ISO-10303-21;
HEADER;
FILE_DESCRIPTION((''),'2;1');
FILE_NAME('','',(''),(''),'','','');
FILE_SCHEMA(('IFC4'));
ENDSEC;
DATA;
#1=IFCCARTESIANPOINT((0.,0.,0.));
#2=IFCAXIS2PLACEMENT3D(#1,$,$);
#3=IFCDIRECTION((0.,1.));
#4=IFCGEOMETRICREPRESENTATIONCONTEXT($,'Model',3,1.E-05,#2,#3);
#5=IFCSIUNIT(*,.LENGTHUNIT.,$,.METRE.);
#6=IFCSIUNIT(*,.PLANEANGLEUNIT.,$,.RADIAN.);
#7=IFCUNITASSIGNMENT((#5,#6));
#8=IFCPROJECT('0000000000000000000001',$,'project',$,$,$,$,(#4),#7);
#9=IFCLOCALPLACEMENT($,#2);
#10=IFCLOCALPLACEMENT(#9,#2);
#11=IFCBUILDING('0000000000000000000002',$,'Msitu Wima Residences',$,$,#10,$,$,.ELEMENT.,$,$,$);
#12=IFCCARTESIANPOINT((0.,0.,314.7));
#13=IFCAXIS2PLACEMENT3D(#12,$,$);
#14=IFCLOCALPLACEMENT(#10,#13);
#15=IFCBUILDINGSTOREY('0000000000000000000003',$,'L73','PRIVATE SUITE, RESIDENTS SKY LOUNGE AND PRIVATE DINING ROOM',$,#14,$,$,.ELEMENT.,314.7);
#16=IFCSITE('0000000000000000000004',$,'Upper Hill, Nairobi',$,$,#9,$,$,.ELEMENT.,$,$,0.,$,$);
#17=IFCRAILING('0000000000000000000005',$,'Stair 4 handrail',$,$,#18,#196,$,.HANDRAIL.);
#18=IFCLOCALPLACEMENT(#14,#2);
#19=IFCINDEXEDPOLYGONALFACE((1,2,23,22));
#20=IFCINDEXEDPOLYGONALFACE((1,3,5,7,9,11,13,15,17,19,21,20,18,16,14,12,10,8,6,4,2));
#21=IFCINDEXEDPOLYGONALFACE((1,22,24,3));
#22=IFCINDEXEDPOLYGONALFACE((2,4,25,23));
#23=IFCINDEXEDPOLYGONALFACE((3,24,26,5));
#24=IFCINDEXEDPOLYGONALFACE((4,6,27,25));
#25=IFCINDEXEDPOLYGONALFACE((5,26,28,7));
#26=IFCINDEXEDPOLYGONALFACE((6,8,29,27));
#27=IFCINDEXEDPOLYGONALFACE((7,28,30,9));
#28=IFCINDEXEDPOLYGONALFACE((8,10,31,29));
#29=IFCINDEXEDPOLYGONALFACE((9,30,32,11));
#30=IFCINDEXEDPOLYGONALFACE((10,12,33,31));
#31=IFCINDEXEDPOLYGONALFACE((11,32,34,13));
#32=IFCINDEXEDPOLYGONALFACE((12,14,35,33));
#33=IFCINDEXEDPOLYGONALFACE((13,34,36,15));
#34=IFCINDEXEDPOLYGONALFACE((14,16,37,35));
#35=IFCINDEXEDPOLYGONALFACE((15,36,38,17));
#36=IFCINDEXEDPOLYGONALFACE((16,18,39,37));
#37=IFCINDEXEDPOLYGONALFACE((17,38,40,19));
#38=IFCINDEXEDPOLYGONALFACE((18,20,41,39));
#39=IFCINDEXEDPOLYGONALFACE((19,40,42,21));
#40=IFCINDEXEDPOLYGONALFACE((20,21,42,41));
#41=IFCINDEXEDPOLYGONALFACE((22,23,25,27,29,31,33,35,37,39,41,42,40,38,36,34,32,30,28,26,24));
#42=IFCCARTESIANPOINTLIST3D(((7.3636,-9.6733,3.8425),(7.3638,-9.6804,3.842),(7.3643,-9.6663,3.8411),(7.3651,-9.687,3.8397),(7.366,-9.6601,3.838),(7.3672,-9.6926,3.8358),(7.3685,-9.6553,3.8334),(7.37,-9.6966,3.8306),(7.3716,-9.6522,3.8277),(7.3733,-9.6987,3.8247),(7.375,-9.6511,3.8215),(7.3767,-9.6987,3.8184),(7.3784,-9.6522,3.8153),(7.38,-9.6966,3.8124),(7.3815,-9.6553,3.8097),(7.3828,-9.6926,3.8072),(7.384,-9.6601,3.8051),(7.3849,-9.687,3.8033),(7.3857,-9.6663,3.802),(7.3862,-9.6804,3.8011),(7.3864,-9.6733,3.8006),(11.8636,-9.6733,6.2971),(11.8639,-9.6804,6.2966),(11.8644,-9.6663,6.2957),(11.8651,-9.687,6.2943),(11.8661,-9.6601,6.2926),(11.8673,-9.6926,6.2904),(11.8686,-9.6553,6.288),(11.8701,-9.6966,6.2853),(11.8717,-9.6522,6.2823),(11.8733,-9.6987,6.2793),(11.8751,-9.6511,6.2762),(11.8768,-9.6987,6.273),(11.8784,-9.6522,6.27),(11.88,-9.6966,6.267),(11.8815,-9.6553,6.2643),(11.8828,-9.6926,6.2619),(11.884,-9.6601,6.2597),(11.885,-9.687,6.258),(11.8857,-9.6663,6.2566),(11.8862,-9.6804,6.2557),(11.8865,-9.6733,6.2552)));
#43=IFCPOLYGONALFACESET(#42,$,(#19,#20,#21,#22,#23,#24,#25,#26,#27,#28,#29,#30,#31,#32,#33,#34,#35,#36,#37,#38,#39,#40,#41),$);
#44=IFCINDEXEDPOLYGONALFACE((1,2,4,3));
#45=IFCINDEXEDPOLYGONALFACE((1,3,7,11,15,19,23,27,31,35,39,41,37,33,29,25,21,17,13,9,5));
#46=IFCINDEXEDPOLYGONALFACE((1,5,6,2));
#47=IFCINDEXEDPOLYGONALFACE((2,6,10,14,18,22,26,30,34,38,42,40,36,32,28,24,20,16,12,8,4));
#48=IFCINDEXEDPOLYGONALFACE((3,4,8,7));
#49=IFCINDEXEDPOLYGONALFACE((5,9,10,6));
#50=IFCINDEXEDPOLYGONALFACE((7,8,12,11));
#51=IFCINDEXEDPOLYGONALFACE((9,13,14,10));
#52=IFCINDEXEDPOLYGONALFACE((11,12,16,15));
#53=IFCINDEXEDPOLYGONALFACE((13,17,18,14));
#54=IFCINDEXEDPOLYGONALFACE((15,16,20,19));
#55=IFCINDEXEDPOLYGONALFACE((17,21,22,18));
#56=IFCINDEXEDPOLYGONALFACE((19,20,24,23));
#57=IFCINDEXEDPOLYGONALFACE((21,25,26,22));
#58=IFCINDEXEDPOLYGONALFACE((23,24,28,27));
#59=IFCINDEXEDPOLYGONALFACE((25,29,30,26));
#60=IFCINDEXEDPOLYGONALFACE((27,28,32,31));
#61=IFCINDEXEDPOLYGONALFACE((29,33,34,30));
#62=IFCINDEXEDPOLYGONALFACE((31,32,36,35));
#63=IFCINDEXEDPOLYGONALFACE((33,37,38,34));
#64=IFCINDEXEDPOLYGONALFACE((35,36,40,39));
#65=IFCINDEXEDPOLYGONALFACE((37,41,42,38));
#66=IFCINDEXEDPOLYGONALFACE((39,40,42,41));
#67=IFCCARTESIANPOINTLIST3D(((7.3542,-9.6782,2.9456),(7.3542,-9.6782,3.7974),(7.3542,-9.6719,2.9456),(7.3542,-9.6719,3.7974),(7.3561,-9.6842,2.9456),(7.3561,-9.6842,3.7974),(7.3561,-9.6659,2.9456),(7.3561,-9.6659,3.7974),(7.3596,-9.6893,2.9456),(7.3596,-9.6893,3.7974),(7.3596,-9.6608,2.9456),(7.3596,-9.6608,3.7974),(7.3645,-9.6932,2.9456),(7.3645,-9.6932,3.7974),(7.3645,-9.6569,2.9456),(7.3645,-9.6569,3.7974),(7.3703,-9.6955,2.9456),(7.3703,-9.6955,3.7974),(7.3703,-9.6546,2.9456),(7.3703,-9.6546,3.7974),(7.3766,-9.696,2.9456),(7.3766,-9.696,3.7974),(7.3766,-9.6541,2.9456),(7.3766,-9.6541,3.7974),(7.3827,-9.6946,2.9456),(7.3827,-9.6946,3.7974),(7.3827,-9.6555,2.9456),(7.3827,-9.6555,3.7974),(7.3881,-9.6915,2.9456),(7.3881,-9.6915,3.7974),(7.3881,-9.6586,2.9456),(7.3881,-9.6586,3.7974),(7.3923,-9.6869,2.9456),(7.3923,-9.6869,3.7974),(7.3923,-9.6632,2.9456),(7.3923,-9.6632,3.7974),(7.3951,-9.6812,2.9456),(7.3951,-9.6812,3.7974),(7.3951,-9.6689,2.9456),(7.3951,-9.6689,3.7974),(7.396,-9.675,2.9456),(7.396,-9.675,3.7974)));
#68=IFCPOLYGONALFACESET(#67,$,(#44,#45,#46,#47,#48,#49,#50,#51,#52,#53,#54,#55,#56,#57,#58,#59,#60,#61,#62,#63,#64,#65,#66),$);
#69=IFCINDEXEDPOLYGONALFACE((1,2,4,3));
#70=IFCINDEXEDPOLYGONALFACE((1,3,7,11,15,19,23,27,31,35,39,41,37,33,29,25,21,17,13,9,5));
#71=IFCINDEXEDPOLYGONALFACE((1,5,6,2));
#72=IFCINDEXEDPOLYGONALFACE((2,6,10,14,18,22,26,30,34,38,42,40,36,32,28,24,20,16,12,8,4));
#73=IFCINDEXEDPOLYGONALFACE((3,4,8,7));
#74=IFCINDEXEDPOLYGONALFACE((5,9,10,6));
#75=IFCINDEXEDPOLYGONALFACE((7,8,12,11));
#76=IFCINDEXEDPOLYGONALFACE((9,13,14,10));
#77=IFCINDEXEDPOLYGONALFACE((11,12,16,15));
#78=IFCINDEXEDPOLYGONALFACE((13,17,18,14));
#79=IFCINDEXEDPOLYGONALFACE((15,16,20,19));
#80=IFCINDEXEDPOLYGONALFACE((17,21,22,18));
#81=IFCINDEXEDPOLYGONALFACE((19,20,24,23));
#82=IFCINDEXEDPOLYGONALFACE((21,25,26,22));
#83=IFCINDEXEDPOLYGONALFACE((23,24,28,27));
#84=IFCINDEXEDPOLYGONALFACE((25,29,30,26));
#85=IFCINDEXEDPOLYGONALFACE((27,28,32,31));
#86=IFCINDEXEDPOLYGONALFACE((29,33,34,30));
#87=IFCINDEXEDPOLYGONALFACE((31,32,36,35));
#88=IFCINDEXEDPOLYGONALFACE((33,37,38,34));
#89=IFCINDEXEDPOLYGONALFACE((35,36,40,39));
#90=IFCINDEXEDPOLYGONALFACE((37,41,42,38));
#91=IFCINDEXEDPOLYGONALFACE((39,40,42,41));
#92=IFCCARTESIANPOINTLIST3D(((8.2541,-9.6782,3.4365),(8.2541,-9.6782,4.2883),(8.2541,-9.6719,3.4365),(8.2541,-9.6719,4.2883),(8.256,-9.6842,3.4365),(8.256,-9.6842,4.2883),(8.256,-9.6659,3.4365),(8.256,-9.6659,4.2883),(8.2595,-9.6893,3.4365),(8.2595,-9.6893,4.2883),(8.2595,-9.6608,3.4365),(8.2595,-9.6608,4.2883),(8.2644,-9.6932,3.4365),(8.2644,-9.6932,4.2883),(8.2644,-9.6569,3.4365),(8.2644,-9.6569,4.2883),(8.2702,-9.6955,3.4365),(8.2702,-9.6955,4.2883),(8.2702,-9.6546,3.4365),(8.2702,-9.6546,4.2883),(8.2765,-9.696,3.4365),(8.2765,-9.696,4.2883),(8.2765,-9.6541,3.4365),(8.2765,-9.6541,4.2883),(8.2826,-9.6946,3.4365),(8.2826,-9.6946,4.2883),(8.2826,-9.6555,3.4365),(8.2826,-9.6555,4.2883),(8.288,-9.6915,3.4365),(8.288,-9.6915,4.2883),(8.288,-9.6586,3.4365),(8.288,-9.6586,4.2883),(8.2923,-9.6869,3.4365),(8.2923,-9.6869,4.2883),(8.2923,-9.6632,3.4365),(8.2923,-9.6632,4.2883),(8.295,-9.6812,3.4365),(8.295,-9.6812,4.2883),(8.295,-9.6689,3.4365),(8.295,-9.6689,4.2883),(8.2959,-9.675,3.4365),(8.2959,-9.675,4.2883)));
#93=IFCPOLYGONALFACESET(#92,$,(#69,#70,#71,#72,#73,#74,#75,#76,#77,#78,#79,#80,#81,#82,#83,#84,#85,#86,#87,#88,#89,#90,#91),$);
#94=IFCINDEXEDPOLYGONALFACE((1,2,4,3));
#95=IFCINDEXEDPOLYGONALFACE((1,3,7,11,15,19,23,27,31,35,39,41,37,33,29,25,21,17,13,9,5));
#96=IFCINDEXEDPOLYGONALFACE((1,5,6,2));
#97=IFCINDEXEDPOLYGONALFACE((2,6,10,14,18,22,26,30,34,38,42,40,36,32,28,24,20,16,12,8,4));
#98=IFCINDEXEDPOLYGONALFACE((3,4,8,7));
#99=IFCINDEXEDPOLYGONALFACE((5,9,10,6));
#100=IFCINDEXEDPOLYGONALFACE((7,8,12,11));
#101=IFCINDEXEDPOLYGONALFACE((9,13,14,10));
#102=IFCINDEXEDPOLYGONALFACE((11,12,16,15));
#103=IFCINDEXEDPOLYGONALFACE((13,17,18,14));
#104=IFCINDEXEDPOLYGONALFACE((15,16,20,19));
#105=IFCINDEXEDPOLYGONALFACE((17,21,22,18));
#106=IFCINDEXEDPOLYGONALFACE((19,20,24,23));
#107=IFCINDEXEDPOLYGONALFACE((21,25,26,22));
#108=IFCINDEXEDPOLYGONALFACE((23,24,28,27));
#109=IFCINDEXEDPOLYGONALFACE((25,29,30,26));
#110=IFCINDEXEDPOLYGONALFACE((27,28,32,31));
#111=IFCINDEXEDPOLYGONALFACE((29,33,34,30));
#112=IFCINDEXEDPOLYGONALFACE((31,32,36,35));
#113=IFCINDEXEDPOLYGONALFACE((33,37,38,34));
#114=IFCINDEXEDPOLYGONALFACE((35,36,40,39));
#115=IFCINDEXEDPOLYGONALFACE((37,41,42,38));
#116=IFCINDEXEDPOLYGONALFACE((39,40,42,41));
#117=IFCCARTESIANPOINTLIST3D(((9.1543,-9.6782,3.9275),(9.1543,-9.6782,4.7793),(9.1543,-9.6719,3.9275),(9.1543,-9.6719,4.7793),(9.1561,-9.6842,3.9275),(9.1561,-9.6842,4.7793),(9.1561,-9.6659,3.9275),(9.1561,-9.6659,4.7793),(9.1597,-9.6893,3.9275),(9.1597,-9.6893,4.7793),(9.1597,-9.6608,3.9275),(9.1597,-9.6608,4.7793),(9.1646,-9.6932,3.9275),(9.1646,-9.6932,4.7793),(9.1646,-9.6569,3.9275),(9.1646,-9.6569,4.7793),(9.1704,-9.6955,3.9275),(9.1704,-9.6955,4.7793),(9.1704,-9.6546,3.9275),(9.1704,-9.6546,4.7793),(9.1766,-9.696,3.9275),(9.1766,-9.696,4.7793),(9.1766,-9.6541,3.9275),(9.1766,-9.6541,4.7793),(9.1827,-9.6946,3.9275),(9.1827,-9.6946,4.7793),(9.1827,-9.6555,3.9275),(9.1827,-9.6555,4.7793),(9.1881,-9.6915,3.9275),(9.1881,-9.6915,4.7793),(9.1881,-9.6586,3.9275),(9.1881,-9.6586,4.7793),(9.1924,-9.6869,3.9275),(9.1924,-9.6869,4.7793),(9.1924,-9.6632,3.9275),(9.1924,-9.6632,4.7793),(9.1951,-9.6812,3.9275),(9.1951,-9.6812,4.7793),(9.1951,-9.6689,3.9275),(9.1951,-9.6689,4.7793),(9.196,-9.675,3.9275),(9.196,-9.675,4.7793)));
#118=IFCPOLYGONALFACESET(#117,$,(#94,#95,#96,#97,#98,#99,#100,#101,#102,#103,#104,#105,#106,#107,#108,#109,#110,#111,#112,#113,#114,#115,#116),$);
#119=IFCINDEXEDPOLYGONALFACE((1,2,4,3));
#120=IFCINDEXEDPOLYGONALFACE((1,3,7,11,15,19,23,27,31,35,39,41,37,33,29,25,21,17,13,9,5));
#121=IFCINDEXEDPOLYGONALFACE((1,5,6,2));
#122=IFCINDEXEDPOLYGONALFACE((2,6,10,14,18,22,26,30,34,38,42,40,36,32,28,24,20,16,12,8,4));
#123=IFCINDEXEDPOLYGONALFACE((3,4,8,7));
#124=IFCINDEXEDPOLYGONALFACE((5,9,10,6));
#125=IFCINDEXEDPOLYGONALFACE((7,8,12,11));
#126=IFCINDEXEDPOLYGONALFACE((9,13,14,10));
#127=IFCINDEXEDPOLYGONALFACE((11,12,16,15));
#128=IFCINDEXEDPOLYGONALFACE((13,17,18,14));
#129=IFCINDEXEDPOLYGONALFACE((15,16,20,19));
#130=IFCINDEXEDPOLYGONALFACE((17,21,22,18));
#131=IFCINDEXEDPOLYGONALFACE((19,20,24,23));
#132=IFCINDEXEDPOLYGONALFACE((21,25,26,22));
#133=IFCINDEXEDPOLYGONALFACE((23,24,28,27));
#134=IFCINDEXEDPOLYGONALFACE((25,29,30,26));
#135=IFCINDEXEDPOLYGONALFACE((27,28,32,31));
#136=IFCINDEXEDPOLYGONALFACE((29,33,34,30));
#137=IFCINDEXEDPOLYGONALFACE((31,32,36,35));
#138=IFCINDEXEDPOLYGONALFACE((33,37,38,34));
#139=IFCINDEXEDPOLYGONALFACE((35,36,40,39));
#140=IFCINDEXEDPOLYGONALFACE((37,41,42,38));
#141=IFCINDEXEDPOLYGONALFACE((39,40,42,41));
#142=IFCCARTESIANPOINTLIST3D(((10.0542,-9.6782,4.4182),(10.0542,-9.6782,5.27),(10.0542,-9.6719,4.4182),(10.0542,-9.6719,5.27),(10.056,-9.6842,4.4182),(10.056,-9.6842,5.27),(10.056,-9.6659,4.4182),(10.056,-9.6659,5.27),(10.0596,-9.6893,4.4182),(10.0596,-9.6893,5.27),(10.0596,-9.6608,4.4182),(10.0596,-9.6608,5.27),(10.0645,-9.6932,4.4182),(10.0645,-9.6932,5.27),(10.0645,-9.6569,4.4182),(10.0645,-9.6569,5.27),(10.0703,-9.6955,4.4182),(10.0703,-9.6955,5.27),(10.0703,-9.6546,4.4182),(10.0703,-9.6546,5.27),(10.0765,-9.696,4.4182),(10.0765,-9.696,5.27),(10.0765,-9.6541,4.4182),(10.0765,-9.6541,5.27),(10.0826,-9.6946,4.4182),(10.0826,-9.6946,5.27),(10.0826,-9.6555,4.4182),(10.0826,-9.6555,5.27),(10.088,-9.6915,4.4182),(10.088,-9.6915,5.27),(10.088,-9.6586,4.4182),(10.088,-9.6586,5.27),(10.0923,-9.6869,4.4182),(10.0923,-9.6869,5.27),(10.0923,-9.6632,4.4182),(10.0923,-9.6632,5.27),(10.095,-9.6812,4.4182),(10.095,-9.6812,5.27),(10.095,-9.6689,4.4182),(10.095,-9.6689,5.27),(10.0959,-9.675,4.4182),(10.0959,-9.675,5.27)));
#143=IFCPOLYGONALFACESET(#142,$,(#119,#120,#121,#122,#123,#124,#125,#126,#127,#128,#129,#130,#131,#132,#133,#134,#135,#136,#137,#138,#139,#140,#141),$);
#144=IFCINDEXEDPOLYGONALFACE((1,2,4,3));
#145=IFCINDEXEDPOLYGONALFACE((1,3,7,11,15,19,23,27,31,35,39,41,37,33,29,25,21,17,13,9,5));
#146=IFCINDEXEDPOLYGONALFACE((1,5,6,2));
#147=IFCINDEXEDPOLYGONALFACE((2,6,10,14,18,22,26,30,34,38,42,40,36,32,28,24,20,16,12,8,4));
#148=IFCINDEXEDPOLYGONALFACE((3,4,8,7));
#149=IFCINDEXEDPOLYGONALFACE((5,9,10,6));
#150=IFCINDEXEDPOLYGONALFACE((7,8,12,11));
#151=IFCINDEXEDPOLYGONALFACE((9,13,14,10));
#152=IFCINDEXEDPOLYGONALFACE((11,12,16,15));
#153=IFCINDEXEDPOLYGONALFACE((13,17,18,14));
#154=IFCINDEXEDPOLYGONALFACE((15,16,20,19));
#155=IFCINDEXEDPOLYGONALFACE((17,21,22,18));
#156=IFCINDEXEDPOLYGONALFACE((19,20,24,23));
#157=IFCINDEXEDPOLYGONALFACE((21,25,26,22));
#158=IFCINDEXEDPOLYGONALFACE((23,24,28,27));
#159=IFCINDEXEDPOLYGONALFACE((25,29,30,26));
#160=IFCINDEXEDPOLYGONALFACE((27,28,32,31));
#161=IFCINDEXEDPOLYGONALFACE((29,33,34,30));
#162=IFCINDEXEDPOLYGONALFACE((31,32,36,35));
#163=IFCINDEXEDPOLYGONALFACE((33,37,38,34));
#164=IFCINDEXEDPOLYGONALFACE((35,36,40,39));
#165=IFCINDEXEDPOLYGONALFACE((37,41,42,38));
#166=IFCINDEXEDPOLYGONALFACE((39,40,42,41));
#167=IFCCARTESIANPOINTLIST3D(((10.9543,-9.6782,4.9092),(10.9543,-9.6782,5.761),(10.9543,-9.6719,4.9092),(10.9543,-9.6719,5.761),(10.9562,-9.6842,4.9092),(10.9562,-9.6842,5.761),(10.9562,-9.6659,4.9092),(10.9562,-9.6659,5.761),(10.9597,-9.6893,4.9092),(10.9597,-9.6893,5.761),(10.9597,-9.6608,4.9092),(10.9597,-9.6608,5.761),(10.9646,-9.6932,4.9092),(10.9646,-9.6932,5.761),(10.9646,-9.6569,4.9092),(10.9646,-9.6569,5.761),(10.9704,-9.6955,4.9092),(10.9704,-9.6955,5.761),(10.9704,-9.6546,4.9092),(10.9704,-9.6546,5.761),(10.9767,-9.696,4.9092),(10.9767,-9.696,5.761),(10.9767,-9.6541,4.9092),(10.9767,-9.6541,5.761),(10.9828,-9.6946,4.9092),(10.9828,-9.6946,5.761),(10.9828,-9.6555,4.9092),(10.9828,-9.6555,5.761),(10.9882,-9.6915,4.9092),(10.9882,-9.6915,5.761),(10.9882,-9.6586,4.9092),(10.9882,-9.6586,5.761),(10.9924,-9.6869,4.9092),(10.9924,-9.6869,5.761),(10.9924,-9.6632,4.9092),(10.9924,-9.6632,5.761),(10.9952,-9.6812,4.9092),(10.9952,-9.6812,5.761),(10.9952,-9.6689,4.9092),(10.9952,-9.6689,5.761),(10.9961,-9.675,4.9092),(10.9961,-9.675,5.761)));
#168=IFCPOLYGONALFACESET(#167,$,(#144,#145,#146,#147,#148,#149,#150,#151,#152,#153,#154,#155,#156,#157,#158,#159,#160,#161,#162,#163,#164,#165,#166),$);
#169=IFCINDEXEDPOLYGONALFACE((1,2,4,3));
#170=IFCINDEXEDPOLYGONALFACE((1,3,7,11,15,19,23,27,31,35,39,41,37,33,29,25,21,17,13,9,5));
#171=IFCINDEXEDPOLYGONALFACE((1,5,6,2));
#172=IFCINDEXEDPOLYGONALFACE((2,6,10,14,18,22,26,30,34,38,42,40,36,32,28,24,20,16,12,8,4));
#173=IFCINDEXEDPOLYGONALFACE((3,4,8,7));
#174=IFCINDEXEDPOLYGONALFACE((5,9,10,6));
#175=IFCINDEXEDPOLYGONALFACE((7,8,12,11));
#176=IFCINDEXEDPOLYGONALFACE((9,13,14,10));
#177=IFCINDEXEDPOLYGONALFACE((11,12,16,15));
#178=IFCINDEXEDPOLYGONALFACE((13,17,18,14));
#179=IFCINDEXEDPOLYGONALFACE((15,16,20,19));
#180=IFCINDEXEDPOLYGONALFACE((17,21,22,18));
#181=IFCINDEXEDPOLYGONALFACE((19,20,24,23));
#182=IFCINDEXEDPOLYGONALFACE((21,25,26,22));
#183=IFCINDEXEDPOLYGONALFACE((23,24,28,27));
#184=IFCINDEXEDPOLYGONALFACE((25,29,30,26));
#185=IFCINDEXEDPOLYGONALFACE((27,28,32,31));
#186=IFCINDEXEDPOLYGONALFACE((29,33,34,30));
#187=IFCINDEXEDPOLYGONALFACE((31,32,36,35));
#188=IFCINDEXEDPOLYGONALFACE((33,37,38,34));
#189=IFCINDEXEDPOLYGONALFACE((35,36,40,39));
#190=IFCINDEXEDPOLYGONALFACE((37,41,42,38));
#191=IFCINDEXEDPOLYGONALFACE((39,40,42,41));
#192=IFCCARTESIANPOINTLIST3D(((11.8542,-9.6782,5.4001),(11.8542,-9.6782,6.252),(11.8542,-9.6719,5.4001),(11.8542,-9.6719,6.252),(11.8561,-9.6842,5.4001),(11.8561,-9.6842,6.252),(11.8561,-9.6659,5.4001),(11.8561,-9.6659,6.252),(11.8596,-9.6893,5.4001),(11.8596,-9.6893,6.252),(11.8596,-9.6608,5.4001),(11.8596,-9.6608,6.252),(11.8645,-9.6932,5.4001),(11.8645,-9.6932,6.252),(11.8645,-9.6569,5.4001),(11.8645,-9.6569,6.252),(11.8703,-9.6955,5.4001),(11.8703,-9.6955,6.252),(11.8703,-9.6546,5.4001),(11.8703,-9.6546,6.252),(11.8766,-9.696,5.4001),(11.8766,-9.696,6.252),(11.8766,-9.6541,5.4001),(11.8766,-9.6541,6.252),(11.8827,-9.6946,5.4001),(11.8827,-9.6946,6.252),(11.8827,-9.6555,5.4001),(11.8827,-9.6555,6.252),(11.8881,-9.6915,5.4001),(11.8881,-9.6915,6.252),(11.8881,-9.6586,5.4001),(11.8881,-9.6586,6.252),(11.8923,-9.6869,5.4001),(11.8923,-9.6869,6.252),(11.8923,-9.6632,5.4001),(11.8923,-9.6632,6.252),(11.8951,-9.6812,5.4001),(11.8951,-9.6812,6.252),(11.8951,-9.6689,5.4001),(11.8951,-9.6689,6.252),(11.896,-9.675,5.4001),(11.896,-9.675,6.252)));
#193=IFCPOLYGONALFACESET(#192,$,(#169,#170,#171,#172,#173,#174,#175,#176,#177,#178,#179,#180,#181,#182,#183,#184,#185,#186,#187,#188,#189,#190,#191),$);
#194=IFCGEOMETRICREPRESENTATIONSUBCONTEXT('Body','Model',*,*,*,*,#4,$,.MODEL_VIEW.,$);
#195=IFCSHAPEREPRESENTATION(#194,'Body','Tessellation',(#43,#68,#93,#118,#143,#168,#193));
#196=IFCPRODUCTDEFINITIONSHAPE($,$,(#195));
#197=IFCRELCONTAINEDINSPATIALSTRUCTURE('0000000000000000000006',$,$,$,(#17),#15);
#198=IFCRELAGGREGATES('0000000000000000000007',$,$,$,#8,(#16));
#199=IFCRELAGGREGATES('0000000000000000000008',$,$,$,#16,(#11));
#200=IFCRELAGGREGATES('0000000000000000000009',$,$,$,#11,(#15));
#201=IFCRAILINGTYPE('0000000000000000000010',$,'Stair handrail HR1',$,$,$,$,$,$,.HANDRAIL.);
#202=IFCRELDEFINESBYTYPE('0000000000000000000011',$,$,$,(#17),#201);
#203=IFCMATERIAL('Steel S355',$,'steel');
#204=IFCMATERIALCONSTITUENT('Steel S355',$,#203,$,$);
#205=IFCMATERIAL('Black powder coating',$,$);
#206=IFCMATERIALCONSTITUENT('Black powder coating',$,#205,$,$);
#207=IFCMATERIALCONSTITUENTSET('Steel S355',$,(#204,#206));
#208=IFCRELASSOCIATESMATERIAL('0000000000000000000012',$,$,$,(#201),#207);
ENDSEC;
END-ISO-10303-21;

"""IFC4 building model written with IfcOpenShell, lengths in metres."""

from ifc_helpers import new_model, si_unit, direction, frame, origin, origin_2d, place, context, subcontext, project, spatial, circle, extrude, material, constituent, constituent_set, type_object, element, save


model = new_model("IFC4")

# Units and contexts
model_context = context("Model", 3, precision=1e-05, world=origin(), true_north=direction((0.0, 1.0)))
body_context = subcontext(model_context, "Body", "Model", "MODEL_VIEW")
ifc_project = project(units=[si_unit("LENGTHUNIT", "METRE"), si_unit("PLANEANGLEUNIT", "RADIAN")], contexts=[model_context])

# Site, building, storey
site_placement = place(None, origin())
site = spatial("IfcSite", under=ifc_project, at=site_placement, Name="Upper Hill, Nairobi", CompositionType="ELEMENT", RefElevation=0.0)
building_placement = place(site_placement, origin())
building = spatial("IfcBuilding", under=site, at=building_placement, Name="Msitu Wima Residences", CompositionType="ELEMENT")
storey_placement = place(building_placement, frame((0.0, 0.0, 314.7)))
storey = spatial("IfcBuildingStorey", under=building, at=storey_placement, Name="L73", Description="PRIVATE SUITE, RESIDENTS SKY LOUNGE AND PRIVATE DINING ROOM", CompositionType="ELEMENT", Elevation=314.7)

# Railing
ifc_material_1 = material(Name="Steel S355", Category="steel")
ifc_constituent_1 = constituent(ifc_material_1, Name="Steel S355")
ifc_material_2 = material(Name="Black powder coating")
ifc_constituent_2 = constituent(ifc_material_2, Name="Black powder coating")
ifc_constituent_set = constituent_set(constituents=[ifc_constituent_1, ifc_constituent_2], Name="Steel S355")
railing_type = type_object("IfcRailingType", Name="Stair handrail HR1", PredefinedType="HANDRAIL", material=ifc_constituent_set)
for number, where, name in (
    (1, (7.375, -9.675, 2.9456), "Stair 4 handrail"),
):
    element("IfcRailing", number, at=place(storey_placement, frame(where)), inside=storey, type_object=railing_type, Name=name, PredefinedType="HANDRAIL", context=body_context, shape_type="SweptSolid", body=[
        extrude(circle(Radius=0.0239, at=origin_2d()), frame((0.0, 0.0, 0.876), z_axis=(0.877892, 0.0, 0.478859), x_axis=(0.0, 1.0, 0.0)), (0.0, 0.0, 1.0), 5.126),
        extrude(circle(Radius=0.021, at=origin_2d()), origin(), (0.0, 0.0, 1.0), 0.8518),
        extrude(circle(Radius=0.021, at=origin_2d()), frame((0.8999, 0.0, 0.491)), (0.0, 0.0, 1.0), 0.8518),
        extrude(circle(Radius=0.021, at=origin_2d()), frame((1.8, 0.0, 0.9819)), (0.0, 0.0, 1.0), 0.8518),
        extrude(circle(Radius=0.021, at=origin_2d()), frame((2.7, 0.0, 1.4727)), (0.0, 0.0, 1.0), 0.8518),
        extrude(circle(Radius=0.021, at=origin_2d()), frame((3.6001, 0.0, 1.9636)), (0.0, 0.0, 1.0), 0.8518),
        extrude(circle(Radius=0.021, at=origin_2d()), frame((4.5, 0.0, 2.4546)), (0.0, 0.0, 1.0), 0.8518),
    ])

save(model, "model.ifc")
